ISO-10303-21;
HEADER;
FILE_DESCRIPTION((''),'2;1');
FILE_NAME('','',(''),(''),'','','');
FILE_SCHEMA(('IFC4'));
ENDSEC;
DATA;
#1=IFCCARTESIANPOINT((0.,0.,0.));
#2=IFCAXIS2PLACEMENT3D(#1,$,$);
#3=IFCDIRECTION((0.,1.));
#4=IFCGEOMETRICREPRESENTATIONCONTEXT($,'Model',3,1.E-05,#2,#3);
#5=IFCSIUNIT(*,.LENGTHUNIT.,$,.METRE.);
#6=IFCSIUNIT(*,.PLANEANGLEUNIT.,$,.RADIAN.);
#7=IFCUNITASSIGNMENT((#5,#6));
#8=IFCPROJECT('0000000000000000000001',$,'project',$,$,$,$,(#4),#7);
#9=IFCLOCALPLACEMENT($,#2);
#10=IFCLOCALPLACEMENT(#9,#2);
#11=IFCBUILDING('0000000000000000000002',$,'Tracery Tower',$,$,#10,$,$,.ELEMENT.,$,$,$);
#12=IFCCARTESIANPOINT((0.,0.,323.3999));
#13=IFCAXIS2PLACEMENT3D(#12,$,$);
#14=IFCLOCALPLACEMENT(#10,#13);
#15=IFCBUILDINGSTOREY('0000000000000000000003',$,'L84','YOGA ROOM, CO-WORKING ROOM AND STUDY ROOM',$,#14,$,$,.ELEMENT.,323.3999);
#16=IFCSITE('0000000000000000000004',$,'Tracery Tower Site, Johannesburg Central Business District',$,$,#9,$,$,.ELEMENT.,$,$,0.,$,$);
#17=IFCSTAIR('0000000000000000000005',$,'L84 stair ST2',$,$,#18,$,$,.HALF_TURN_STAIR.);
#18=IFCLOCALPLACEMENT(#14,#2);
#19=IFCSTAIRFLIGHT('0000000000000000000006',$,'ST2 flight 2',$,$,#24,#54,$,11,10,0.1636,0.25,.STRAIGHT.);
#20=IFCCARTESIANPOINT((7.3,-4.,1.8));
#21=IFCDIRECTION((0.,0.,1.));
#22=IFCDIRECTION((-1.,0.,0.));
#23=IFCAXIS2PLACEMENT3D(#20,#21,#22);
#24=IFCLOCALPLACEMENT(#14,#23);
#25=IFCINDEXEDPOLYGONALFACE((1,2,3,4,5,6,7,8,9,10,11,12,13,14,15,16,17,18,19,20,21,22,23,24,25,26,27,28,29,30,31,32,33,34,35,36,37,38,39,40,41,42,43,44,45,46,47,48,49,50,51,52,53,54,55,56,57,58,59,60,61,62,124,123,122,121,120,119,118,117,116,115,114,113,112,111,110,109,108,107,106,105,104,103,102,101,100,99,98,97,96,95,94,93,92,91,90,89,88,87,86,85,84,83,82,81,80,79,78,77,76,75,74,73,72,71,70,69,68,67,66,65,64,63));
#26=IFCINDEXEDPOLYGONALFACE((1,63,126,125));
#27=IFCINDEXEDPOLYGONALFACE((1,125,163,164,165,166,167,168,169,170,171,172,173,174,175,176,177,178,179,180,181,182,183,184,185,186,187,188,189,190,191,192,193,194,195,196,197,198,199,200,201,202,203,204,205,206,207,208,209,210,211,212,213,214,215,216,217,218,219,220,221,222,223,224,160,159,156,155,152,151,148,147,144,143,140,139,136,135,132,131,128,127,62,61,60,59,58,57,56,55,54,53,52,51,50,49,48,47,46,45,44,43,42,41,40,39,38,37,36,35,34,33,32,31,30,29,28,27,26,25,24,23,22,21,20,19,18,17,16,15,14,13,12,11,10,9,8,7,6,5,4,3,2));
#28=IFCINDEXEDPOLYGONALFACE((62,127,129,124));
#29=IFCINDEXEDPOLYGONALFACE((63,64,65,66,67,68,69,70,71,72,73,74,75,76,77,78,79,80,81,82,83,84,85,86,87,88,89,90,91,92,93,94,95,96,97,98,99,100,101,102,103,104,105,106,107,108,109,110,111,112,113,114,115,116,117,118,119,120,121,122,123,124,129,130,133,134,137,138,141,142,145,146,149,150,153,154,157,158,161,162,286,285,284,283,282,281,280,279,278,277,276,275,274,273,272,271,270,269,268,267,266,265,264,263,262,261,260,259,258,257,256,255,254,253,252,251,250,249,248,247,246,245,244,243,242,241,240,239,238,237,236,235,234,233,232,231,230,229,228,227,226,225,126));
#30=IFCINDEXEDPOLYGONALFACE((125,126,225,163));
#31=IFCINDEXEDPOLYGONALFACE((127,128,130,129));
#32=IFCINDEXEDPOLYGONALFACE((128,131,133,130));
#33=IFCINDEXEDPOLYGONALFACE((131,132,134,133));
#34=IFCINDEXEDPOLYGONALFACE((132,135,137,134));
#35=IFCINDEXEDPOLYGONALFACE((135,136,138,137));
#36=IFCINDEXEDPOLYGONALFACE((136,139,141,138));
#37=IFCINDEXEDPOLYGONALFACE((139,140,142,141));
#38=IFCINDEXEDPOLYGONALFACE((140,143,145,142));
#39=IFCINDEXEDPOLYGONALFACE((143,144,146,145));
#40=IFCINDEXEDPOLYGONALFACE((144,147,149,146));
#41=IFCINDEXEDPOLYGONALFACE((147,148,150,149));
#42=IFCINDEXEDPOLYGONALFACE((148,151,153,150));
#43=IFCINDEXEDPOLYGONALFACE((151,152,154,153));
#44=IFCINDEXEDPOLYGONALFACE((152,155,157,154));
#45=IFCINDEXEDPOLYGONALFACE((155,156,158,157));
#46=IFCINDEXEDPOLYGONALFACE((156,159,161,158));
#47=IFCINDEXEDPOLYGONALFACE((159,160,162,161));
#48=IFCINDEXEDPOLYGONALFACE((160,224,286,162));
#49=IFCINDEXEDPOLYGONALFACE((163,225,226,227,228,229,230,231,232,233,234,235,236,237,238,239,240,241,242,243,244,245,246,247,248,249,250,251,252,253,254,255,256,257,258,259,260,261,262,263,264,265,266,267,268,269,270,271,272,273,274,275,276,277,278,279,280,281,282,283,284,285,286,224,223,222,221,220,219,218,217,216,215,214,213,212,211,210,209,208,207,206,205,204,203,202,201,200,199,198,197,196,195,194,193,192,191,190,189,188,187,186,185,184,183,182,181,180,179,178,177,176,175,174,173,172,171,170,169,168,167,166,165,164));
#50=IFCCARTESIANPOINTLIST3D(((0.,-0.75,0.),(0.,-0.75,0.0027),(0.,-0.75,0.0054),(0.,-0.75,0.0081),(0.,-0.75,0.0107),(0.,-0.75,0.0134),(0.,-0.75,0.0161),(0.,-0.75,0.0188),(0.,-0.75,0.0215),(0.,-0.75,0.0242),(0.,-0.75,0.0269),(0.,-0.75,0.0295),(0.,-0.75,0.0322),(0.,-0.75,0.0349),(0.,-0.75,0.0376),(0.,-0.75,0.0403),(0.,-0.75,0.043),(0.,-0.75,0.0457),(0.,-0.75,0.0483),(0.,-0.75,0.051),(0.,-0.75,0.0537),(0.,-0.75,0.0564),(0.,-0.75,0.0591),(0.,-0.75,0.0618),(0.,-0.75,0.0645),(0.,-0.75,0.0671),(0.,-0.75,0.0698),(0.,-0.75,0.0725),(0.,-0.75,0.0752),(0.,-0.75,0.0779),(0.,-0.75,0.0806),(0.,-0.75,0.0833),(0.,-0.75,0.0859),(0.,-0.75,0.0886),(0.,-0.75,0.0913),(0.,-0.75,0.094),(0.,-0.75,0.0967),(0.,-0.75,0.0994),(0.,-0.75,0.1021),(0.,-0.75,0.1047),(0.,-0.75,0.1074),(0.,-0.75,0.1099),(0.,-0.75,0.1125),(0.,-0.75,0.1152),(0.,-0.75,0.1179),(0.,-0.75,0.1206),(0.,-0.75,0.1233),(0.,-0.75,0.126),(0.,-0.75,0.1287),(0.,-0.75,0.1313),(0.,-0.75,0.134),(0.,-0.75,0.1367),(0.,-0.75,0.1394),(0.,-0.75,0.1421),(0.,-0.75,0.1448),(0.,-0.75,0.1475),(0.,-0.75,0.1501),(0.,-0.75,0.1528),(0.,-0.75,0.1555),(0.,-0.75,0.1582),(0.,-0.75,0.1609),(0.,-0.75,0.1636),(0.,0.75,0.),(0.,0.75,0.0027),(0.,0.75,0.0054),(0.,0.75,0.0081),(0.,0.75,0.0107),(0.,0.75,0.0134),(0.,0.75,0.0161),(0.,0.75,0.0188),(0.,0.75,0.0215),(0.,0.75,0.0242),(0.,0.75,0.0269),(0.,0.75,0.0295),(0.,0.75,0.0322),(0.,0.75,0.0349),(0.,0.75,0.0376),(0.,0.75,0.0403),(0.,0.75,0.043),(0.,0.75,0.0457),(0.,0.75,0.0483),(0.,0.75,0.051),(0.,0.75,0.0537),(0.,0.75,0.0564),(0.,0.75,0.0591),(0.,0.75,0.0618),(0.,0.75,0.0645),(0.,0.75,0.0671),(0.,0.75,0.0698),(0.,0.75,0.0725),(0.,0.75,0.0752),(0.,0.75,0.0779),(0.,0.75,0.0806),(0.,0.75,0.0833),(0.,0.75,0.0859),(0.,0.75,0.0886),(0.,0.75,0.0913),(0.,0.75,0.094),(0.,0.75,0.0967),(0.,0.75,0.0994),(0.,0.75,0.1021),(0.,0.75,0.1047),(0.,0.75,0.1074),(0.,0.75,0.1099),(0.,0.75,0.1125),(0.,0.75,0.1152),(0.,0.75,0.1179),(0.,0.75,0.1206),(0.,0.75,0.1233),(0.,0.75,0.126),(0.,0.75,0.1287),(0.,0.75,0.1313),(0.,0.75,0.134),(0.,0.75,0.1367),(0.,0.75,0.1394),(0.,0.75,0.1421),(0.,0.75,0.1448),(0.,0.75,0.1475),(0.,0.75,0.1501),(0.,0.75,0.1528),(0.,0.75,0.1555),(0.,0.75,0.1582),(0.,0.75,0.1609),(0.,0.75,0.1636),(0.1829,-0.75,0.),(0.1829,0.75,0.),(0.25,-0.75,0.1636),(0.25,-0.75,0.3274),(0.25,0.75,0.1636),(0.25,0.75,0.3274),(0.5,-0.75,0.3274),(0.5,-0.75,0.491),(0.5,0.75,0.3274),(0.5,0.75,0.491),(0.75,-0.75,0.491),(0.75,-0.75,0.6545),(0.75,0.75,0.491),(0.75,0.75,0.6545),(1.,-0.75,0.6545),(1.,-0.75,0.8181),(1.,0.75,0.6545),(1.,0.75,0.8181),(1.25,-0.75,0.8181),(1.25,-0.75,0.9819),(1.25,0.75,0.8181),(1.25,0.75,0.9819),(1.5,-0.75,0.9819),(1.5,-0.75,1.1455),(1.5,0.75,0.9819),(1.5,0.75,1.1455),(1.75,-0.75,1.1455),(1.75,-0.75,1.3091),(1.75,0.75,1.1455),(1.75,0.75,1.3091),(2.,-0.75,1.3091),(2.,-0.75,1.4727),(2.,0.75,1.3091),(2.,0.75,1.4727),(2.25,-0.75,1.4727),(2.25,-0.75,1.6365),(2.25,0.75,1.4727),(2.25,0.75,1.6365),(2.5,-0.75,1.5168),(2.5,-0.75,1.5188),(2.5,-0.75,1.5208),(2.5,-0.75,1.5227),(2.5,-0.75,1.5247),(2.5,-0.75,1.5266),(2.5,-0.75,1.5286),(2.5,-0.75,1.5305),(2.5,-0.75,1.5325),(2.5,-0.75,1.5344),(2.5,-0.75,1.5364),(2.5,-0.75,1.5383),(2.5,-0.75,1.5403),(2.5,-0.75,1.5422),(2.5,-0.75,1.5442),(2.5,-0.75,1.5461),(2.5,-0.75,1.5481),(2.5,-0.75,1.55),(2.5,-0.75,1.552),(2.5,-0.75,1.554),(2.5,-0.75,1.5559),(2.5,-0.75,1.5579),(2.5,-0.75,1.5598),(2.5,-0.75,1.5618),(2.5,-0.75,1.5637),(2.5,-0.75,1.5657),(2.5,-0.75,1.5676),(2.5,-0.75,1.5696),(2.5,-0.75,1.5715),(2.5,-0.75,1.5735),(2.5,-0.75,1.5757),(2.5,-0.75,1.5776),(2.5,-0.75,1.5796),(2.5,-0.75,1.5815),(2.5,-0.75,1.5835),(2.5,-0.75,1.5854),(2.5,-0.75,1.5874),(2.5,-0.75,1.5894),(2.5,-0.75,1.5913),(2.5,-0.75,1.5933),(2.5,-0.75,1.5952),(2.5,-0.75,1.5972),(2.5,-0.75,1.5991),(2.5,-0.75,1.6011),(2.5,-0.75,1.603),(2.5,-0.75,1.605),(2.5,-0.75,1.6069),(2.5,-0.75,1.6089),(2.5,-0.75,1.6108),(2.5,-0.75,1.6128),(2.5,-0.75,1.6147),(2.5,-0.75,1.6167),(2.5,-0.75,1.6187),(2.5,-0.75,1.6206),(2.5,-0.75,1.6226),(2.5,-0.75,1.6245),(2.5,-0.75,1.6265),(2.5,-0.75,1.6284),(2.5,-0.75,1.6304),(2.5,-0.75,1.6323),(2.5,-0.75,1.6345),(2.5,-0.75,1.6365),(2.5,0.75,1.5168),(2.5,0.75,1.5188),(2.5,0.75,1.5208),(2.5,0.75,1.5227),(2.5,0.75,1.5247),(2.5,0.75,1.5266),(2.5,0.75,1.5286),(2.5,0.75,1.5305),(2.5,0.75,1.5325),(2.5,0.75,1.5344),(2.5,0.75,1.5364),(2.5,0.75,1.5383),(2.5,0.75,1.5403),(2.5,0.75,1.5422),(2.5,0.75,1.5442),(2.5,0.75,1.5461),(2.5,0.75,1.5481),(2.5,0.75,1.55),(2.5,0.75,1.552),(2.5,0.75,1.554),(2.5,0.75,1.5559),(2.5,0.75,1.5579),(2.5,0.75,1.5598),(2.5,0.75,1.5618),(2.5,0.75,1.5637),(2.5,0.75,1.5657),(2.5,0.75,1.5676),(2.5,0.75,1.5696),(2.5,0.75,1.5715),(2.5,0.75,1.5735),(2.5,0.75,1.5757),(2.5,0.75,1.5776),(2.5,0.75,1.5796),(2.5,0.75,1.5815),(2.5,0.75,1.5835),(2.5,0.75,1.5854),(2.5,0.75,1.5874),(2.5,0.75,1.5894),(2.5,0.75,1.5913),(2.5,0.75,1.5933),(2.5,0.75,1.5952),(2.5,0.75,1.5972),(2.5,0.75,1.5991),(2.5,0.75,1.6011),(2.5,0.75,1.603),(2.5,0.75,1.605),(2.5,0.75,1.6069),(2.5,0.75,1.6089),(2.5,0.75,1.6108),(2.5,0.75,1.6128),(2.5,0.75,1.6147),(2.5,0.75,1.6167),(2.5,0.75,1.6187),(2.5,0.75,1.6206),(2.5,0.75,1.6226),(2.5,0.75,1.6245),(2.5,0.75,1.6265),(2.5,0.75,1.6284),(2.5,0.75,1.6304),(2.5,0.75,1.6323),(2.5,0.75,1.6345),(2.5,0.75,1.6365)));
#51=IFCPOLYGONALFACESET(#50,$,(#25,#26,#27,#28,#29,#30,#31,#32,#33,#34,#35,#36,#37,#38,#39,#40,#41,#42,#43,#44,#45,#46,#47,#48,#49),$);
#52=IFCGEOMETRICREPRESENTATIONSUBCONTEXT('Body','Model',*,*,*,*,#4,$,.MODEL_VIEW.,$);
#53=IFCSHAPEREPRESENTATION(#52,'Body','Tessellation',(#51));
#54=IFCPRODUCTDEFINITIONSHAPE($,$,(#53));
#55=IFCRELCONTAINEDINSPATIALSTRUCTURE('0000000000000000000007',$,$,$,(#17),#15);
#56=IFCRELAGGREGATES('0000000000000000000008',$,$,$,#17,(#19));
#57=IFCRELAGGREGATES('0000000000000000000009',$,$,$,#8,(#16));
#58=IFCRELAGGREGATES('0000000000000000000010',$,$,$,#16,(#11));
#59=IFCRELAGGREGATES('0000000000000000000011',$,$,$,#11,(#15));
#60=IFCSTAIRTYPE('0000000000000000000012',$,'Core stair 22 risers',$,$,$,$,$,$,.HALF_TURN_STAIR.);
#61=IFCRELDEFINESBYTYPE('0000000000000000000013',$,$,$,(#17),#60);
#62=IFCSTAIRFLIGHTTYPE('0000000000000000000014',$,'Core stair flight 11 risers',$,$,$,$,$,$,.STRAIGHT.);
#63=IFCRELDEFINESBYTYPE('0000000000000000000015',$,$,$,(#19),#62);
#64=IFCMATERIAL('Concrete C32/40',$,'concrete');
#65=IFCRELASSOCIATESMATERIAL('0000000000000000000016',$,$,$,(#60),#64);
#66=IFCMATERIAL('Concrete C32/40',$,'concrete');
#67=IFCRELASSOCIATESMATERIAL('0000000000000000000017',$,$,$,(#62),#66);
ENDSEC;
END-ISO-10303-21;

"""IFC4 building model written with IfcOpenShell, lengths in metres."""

from ifc_helpers import new_model, si_unit, direction, frame, origin, place, context, subcontext, project, spatial, polyline, outline, extrude, material, type_object, element, aggregate, save


model = new_model("IFC4")

# Units and contexts
model_context = context("Model", 3, precision=1e-05, world=origin(), true_north=direction((0.0, 1.0)))
body_context = subcontext(model_context, "Body", "Model", "MODEL_VIEW")
ifc_project = project(units=[si_unit("LENGTHUNIT", "METRE"), si_unit("PLANEANGLEUNIT", "RADIAN")], contexts=[model_context])

# Site, building, storey
site_placement = place(None, origin())
site = spatial("IfcSite", under=ifc_project, at=site_placement, Name="Tracery Tower Site, Johannesburg Central Business District", CompositionType="ELEMENT", RefElevation=0.0)
building_placement = place(site_placement, origin())
building = spatial("IfcBuilding", under=site, at=building_placement, Name="Tracery Tower", CompositionType="ELEMENT")
storey_placement = place(building_placement, frame((0.0, 0.0, 323.3999)))
storey = spatial("IfcBuildingStorey", under=building, at=storey_placement, Name="L84", Description="YOGA ROOM, CO-WORKING ROOM AND STUDY ROOM", CompositionType="ELEMENT", Elevation=323.3999)

# Stair, stair flight
ifc_material_1 = material(Name="Concrete C32/40", Category="concrete")
stair_type = type_object("IfcStairType", Name="Core stair 22 risers", PredefinedType="HALF_TURN_STAIR", material=ifc_material_1)
stair_placement = place(storey_placement, origin())
stair = element("IfcStair", 1, at=stair_placement, inside=storey, type_object=stair_type, Name="L84 stair ST2", PredefinedType="HALF_TURN_STAIR")
ifc_material_2 = material(Name="Concrete C32/40", Category="concrete")
stair_flight_type = type_object("IfcStairFlightType", Name="Core stair flight 11 risers", PredefinedType="STRAIGHT", material=ifc_material_2)
stair_flight_placement = place(storey_placement, frame((7.3, -4.0, 1.8), z_axis=(0.0, 0.0, 1.0), x_axis=(-1.0, 0.0, 0.0)))
stair_flight = element("IfcStairFlight", 2, at=stair_flight_placement, type_object=stair_flight_type, Name="ST2 flight 2", NumberOfRisers=11, NumberOfTreads=10, PredefinedType="STRAIGHT", RiserHeight=0.1636, TreadLength=0.25, context=body_context, shape_type="SweptSolid", body=[
    extrude(outline(polyline([(0.0, 0.0), (0.0, 0.0027), (0.0, 0.0054), (0.0, 0.0081), (0.0, 0.0107), (0.0, 0.0134), (0.0, 0.0161), (0.0, 0.0188), (0.0, 0.0215), (0.0, 0.0242), (0.0, 0.0269), (0.0, 0.0295), (0.0, 0.0322), (0.0, 0.0349), (0.0, 0.0376), (0.0, 0.0403), (0.0, 0.043), (0.0, 0.0457), (0.0, 0.0483), (0.0, 0.051), (0.0, 0.0537), (0.0, 0.0564), (0.0, 0.0591), (0.0, 0.0618), (0.0, 0.0645), (0.0, 0.0671), (0.0, 0.0698), (0.0, 0.0725), (0.0, 0.0752), (0.0, 0.0779), (0.0, 0.0806), (0.0, 0.0833), (0.0, 0.0859), (0.0, 0.0886), (0.0, 0.0913), (0.0, 0.094), (0.0, 0.0967), (0.0, 0.0994), (0.0, 0.1021), (0.0, 0.1047), (0.0, 0.1074), (0.0, 0.1099), (0.0, 0.1125), (0.0, 0.1152), (0.0, 0.1179), (0.0, 0.1206), (0.0, 0.1233), (0.0, 0.126), (0.0, 0.1287), (0.0, 0.1313), (0.0, 0.134), (0.0, 0.1367), (0.0, 0.1394), (0.0, 0.1421), (0.0, 0.1448), (0.0, 0.1475), (0.0, 0.1501), (0.0, 0.1528), (0.0, 0.1555), (0.0, 0.1582), (0.0, 0.1609), (0.0, 0.1636), (0.25, 0.1636), (0.25, 0.3274), (0.5, 0.3274), (0.5, 0.491), (0.75, 0.491), (0.75, 0.6545), (1.0, 0.6545), (1.0, 0.8181), (1.25, 0.8181), (1.25, 0.9819), (1.5, 0.9819), (1.5, 1.1455), (1.75, 1.1455), (1.75, 1.3091), (2.0, 1.3091), (2.0, 1.4727), (2.25, 1.4727), (2.25, 1.6365), (2.5, 1.6365), (2.5, 1.6345), (2.5, 1.6323), (2.5, 1.6304), (2.5, 1.6284), (2.5, 1.6265), (2.5, 1.6245), (2.5, 1.6226), (2.5, 1.6206), (2.5, 1.6187), (2.5, 1.6167), (2.5, 1.6147), (2.5, 1.6128), (2.5, 1.6108), (2.5, 1.6089), (2.5, 1.6069), (2.5, 1.605), (2.5, 1.603), (2.5, 1.6011), (2.5, 1.5991), (2.5, 1.5972), (2.5, 1.5952), (2.5, 1.5933), (2.5, 1.5913), (2.5, 1.5894), (2.5, 1.5874), (2.5, 1.5854), (2.5, 1.5835), (2.5, 1.5815), (2.5, 1.5796), (2.5, 1.5776), (2.5, 1.5757), (2.5, 1.5735), (2.5, 1.5715), (2.5, 1.5696), (2.5, 1.5676), (2.5, 1.5657), (2.5, 1.5637), (2.5, 1.5618), (2.5, 1.5598), (2.5, 1.5579), (2.5, 1.5559), (2.5, 1.554), (2.5, 1.552), (2.5, 1.55), (2.5, 1.5481), (2.5, 1.5461), (2.5, 1.5442), (2.5, 1.5422), (2.5, 1.5403), (2.5, 1.5383), (2.5, 1.5364), (2.5, 1.5344), (2.5, 1.5325), (2.5, 1.5305), (2.5, 1.5286), (2.5, 1.5266), (2.5, 1.5247), (2.5, 1.5227), (2.5, 1.5208), (2.5, 1.5188), (2.5, 1.5168), (0.1829, 0.0), (0.0, 0.0)])), frame((0.0, 0.75, 0.0), z_axis=(0.0, -1.0, 0.0), x_axis=(1.0, 0.0, 0.0)), (0.0, 0.0, 1.0), 1.5),
])
aggregate(stair, [stair_flight])

save(model, "model.ifc")
